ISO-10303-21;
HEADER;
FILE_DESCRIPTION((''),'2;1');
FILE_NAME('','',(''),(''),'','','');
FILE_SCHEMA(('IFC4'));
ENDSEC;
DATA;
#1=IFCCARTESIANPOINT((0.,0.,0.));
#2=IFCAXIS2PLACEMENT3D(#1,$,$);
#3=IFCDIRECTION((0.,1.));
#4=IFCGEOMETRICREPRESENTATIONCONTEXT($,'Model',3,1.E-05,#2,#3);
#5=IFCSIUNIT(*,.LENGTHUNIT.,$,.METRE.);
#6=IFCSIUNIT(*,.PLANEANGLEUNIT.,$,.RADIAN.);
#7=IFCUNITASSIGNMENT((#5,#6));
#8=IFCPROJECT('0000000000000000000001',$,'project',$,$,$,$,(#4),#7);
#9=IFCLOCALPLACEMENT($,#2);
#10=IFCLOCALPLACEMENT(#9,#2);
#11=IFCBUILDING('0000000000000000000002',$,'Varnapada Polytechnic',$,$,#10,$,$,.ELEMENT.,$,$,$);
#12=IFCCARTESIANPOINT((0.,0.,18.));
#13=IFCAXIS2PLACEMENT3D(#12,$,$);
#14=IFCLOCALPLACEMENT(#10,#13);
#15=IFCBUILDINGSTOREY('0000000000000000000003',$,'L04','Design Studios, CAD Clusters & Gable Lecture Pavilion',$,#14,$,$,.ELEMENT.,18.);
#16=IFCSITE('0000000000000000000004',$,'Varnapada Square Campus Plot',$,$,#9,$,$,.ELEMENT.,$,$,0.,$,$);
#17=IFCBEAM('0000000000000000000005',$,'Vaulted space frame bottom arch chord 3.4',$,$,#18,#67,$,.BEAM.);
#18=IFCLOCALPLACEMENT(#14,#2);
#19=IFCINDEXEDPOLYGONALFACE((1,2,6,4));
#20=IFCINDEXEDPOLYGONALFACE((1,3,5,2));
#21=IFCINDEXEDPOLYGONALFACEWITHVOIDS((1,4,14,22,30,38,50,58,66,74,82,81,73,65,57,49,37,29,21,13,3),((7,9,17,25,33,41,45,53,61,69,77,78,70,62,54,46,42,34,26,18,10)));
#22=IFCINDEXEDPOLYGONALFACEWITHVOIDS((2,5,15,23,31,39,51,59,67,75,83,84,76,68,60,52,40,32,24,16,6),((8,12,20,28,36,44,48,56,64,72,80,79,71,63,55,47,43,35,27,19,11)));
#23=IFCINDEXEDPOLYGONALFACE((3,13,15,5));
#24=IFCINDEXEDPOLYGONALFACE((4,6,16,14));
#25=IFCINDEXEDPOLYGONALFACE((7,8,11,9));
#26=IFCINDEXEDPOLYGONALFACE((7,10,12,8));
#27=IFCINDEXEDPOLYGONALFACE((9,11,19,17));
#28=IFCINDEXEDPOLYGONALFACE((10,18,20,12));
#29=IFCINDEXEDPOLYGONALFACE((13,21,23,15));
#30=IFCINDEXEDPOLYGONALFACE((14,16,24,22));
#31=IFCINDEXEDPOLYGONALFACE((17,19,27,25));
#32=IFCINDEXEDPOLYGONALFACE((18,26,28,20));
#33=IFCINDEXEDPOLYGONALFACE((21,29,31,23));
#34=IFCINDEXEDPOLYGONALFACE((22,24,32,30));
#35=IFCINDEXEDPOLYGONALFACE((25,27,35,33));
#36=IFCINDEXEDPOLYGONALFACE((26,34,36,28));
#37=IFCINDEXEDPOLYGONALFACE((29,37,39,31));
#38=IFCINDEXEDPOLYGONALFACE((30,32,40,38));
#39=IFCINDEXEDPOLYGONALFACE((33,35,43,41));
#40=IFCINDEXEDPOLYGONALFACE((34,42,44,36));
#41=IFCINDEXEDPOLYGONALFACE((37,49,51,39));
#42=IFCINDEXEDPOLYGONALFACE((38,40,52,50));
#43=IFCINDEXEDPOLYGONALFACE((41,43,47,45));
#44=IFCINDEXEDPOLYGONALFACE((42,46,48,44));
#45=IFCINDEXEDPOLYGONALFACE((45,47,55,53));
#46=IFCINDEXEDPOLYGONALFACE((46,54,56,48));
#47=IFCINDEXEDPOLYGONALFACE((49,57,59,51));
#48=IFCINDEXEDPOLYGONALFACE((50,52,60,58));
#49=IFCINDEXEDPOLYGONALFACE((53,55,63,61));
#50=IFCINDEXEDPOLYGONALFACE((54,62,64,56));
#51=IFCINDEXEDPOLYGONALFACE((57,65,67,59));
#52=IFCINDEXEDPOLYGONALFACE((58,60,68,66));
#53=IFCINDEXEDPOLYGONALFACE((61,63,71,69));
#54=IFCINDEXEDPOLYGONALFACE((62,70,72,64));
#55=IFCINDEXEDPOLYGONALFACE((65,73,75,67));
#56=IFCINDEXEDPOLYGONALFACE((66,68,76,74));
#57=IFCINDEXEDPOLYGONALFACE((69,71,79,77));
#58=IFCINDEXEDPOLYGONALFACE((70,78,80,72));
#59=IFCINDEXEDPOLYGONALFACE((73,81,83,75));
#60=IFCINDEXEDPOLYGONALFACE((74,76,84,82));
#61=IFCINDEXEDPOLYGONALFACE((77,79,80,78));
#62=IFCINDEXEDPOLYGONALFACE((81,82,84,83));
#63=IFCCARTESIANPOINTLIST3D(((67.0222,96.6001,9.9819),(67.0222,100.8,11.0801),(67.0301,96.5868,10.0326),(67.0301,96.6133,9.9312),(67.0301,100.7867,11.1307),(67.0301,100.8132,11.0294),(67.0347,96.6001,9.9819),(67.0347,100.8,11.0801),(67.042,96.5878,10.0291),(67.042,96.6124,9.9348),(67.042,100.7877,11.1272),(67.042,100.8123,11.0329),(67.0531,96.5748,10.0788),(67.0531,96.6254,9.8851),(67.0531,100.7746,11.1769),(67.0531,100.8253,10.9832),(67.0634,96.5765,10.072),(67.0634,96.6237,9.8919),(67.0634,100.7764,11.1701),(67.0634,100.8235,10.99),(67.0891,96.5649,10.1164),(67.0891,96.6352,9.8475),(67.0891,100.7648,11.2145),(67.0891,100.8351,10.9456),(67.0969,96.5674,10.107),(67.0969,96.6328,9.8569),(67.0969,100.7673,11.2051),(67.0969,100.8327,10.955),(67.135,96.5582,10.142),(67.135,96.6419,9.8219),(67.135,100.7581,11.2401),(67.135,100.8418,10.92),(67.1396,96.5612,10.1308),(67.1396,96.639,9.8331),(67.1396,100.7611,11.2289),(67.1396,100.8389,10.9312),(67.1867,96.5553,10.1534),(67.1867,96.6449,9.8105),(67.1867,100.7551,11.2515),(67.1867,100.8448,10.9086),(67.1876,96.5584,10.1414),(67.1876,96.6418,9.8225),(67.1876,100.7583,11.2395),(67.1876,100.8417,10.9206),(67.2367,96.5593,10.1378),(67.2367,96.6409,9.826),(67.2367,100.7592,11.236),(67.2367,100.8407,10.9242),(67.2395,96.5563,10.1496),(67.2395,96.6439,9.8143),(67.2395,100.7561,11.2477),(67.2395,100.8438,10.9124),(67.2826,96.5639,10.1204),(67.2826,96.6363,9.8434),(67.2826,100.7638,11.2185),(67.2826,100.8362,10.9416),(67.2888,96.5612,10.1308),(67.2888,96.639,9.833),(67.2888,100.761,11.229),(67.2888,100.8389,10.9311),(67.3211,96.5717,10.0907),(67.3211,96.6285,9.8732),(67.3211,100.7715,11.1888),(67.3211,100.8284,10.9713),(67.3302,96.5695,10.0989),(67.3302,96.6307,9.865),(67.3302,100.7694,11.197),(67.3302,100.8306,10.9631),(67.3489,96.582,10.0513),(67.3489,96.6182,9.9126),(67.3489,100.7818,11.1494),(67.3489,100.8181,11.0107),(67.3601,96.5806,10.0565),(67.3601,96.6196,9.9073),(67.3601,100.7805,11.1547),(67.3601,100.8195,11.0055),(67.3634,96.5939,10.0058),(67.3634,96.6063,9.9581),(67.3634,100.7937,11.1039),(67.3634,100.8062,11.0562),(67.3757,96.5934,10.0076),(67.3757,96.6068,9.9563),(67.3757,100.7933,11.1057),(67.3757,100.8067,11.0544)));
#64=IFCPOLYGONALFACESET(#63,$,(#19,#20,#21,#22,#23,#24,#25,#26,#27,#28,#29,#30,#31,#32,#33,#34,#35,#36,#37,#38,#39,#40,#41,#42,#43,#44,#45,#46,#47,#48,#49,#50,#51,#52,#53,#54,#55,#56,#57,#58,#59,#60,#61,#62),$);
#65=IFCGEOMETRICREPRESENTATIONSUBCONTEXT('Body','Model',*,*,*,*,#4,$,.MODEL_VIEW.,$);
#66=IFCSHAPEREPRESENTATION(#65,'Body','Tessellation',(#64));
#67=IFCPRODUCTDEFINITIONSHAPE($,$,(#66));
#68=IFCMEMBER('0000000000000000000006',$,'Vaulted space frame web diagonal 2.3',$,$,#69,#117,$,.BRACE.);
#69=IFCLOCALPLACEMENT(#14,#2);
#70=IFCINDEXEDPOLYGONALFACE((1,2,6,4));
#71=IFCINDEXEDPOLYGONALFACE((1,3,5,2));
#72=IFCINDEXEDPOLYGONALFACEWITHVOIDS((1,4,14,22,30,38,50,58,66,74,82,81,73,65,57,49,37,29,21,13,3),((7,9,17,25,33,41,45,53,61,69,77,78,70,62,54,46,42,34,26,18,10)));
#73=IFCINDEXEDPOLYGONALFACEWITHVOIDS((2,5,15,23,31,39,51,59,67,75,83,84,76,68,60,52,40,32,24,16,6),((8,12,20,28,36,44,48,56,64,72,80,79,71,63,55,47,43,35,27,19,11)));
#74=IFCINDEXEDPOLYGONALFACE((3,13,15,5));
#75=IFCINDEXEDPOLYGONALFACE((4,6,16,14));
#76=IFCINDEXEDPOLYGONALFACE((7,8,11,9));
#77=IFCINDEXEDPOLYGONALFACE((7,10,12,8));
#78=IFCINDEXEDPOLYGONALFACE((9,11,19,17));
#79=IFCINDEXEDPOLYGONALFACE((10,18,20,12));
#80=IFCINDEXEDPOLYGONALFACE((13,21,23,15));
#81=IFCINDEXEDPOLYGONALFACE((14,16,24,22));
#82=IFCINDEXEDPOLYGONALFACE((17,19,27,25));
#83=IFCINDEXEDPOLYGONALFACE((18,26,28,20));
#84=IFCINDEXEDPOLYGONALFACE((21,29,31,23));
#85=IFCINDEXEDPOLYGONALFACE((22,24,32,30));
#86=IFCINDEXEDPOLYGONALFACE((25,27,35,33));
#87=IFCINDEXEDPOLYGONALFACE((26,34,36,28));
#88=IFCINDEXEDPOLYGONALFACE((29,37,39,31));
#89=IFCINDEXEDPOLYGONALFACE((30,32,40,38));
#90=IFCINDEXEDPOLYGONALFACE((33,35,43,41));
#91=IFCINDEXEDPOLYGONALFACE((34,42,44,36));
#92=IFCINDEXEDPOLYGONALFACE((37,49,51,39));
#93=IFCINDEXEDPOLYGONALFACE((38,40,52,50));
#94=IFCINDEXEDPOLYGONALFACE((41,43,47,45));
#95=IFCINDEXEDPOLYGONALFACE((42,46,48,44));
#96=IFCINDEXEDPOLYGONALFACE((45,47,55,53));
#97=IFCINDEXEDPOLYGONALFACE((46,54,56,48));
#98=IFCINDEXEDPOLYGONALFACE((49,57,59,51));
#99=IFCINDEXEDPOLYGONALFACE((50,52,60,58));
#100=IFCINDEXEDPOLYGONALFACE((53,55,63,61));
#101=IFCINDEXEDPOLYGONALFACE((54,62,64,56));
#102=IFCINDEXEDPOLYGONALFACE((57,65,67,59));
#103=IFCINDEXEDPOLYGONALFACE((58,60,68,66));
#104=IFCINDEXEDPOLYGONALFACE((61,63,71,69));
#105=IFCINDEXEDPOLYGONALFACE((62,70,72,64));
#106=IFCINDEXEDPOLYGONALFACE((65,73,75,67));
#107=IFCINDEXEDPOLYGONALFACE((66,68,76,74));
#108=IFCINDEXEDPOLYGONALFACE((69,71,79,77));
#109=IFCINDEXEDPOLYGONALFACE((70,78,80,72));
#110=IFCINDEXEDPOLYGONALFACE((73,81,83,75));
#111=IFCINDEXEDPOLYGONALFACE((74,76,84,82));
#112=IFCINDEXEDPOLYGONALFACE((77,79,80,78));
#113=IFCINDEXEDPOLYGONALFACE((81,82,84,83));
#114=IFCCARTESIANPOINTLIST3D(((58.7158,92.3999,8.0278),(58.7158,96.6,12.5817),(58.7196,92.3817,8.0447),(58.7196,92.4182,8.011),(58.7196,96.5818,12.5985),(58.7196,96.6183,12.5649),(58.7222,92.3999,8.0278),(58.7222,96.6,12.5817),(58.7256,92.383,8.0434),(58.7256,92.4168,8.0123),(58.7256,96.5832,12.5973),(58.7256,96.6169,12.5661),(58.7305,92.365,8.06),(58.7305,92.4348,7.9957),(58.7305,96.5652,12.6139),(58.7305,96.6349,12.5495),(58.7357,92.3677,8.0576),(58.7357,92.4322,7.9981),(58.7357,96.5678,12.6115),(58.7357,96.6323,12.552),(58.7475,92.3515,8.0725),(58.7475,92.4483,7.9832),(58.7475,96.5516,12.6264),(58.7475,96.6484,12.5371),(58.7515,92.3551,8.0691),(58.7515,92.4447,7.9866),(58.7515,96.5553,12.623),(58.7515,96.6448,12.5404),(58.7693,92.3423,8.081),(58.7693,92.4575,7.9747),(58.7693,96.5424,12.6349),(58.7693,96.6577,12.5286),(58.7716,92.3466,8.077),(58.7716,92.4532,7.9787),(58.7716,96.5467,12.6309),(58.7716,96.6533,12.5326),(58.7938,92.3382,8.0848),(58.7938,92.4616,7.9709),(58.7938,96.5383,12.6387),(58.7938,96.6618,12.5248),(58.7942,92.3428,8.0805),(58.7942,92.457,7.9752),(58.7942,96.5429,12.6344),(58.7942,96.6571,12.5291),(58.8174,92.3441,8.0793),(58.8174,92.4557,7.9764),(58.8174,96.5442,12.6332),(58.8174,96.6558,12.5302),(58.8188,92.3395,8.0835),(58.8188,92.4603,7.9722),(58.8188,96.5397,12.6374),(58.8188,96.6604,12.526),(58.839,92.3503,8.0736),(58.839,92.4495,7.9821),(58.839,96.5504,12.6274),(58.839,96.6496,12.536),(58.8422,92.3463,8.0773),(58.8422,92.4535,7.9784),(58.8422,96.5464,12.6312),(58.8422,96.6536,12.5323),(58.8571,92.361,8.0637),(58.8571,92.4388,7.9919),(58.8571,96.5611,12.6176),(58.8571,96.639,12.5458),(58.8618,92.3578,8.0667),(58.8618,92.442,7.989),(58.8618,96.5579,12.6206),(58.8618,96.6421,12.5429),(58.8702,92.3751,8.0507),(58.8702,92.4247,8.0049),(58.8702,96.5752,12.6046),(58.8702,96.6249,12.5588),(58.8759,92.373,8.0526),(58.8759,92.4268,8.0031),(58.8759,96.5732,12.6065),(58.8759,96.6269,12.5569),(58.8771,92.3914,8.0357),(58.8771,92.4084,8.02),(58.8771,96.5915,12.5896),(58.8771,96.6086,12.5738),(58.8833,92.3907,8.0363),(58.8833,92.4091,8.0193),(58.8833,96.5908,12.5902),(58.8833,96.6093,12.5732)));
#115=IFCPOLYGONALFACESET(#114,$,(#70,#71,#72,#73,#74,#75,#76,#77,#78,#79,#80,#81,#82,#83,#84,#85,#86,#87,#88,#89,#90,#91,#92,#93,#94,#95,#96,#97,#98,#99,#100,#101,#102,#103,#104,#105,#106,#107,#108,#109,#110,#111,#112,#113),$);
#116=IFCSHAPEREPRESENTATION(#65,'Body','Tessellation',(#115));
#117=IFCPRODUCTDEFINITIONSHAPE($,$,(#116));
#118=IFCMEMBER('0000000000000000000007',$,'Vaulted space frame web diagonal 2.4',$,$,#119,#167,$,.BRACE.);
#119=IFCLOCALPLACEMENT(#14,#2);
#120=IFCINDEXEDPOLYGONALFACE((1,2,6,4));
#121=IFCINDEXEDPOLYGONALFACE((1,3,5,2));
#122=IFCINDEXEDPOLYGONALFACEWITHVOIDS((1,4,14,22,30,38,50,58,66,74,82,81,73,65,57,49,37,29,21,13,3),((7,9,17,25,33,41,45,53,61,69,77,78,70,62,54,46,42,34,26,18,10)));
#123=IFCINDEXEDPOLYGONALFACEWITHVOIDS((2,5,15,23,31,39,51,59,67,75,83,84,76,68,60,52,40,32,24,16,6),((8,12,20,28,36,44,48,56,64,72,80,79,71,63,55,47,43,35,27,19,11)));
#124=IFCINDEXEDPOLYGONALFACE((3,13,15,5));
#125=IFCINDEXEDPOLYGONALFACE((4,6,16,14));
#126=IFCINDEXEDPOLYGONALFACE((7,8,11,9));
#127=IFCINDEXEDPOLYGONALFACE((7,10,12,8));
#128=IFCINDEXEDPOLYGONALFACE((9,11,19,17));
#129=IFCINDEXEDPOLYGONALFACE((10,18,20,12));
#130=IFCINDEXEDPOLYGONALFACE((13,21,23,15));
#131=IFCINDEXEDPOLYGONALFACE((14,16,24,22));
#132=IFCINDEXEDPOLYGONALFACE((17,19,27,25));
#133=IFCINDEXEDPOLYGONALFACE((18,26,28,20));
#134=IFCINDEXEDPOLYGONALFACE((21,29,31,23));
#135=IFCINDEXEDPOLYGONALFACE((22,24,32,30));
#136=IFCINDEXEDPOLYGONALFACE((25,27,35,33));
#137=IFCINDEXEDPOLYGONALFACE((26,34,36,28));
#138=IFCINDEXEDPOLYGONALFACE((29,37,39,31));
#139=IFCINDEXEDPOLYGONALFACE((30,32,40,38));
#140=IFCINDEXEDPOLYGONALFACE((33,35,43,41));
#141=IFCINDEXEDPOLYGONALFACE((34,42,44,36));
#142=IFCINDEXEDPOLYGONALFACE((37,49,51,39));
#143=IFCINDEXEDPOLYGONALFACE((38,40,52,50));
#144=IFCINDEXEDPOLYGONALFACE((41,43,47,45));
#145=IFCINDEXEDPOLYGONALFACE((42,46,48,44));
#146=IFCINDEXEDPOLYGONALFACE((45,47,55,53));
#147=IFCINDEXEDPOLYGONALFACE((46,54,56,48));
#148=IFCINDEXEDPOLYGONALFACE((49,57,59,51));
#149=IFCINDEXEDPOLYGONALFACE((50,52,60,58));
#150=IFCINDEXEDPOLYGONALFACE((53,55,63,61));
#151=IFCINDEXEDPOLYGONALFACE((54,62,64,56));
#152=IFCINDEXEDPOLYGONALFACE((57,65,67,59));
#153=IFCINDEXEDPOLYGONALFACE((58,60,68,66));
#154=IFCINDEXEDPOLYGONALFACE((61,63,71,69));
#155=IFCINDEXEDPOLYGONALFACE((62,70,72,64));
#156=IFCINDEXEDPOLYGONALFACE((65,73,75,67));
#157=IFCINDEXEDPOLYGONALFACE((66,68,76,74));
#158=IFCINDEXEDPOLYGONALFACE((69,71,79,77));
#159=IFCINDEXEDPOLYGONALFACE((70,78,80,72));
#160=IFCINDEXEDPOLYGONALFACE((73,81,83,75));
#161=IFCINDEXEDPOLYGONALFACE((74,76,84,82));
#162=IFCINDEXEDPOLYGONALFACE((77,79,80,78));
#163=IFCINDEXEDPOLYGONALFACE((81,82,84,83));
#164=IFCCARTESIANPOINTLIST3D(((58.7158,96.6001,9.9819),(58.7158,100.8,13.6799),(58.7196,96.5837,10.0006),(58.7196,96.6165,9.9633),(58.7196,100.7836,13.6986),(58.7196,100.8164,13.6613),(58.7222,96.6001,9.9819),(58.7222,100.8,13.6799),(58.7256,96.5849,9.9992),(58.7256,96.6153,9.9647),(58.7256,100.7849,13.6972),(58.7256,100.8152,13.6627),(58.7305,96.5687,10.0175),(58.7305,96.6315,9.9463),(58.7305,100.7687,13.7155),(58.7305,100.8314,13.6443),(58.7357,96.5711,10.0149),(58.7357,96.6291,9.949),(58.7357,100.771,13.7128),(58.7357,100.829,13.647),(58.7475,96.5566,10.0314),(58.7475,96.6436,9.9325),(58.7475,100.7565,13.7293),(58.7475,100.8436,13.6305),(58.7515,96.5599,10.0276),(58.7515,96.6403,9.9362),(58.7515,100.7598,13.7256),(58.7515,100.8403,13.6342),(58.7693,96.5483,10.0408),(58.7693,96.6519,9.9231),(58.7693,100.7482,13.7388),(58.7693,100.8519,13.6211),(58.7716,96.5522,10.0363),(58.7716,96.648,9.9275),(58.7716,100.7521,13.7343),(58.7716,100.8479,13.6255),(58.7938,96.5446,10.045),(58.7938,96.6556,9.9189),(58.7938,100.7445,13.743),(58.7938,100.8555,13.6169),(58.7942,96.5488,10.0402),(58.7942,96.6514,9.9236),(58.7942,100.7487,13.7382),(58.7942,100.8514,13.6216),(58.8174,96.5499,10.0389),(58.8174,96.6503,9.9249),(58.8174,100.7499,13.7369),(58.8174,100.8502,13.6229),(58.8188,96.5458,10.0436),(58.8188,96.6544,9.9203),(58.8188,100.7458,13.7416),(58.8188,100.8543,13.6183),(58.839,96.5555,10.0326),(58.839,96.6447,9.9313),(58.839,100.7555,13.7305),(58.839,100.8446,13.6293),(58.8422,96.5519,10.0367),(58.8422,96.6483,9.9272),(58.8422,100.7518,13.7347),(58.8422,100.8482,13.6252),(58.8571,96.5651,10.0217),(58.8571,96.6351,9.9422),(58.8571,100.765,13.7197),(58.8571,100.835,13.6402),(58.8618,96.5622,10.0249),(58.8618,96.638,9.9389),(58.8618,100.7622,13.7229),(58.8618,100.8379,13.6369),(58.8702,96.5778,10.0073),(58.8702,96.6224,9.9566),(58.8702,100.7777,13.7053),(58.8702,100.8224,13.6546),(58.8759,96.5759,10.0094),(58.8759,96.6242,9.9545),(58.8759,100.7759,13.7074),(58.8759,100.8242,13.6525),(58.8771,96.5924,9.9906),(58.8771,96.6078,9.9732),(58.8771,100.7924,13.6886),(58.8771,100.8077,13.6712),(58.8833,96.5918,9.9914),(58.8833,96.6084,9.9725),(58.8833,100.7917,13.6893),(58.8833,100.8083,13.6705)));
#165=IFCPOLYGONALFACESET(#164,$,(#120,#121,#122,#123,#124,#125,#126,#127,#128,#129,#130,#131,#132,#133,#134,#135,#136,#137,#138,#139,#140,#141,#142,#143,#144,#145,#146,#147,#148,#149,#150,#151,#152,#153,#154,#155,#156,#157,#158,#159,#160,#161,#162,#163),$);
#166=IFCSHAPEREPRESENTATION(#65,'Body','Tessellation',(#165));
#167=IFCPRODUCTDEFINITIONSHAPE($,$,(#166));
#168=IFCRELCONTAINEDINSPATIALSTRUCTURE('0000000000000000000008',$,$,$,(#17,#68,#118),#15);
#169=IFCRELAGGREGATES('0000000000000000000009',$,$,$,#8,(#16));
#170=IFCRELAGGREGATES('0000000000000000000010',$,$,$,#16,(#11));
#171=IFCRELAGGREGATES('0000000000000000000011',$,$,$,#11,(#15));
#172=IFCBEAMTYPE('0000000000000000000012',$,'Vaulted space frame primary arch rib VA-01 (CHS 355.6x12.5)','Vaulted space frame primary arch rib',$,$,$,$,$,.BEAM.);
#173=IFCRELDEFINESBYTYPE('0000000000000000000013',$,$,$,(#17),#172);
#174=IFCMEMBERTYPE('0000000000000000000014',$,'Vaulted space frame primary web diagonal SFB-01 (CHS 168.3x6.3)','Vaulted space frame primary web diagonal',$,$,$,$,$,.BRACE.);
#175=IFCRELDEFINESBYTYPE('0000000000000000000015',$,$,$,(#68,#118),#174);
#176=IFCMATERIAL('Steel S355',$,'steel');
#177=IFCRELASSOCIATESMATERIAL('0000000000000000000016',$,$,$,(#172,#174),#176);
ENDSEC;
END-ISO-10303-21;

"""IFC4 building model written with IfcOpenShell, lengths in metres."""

from ifc_helpers import new_model, si_unit, direction, frame, origin, origin_2d, place, context, subcontext, project, spatial, hollow_circle, extrude, material, material_profile, profile_set, type_object, element, save


model = new_model("IFC4")

# Units and contexts
model_context = context("Model", 3, precision=1e-05, world=origin(), true_north=direction((0.0, 1.0)))
body_context = subcontext(model_context, "Body", "Model", "MODEL_VIEW")
ifc_project = project(units=[si_unit("LENGTHUNIT", "METRE"), si_unit("PLANEANGLEUNIT", "RADIAN")], contexts=[model_context])

# Site, building, storey
site_placement = place(None, origin())
site = spatial("IfcSite", under=ifc_project, at=site_placement, Name="Varnapada Square Campus Plot", CompositionType="ELEMENT", RefElevation=0.0)
building_placement = place(site_placement, origin())
building = spatial("IfcBuilding", under=site, at=building_placement, Name="Varnapada Polytechnic", CompositionType="ELEMENT")
storey_placement = place(building_placement, frame((0.0, 0.0, 18.0)))
storey = spatial("IfcBuildingStorey", under=building, at=storey_placement, Name="L04", Description="Design Studios, CAD Clusters & Gable Lecture Pavilion", CompositionType="ELEMENT", Elevation=18.0)

# Shared definitions
ifc_material = material(Name="Steel S355", Category="steel")

# Beam
ifc_material_profile_1 = material_profile(ifc_material, hollow_circle(Radius=0.1777, WallThickness=0.0125, at=origin_2d()), Name="CHS 355.6x12.5")
ifc_profile_set_1 = profile_set([ifc_material_profile_1], Name="Steel S355")
beam_type_1 = type_object("IfcBeamType", Name="Vaulted space frame primary arch rib VA-01 (CHS 355.6x12.5)", Description="Vaulted space frame primary arch rib", PredefinedType="BEAM", material=ifc_profile_set_1)
beam_1_placement = place(storey_placement, frame((67.2, 96.6001, 9.9819), z_axis=(0.0, 0.967476, 0.252962), x_axis=(-1.0, 0.0, 0.0)))
element("IfcBeam", 1, at=beam_1_placement, inside=storey, type_object=beam_type_1, Name="Vaulted space frame bottom arch chord 3.4", PredefinedType="BEAM", context=body_context, shape_type="SweptSolid", body=[
    extrude(hollow_circle(Radius=0.1777, WallThickness=0.0125, at=origin_2d()), origin(), (0.0, 0.0, 1.0), 4.3411),
])

# Members
ifc_material_profile_2 = material_profile(ifc_material, hollow_circle(Radius=0.0842, WallThickness=0.0063, at=origin_2d()), Name="CHS 168.3x6.3")
ifc_profile_set_2 = profile_set([ifc_material_profile_2], Name="Steel S355")
member_type_1 = type_object("IfcMemberType", Name="Vaulted space frame primary web diagonal SFB-01 (CHS 168.3x6.3)", Description="Vaulted space frame primary web diagonal", PredefinedType="BRACE", material=ifc_profile_set_2)
member_1_placement = place(storey_placement, frame((58.8, 92.3999, 8.0278), z_axis=(0.0, 0.677979, 0.735081), x_axis=(-1.0, 0.0, 0.0)))
element("IfcMember", 2, at=member_1_placement, inside=storey, type_object=member_type_1, Name="Vaulted space frame web diagonal 2.3", PredefinedType="BRACE", context=body_context, shape_type="SweptSolid", body=[
    extrude(hollow_circle(Radius=0.0842, WallThickness=0.0063, at=origin_2d()), origin(), (0.0, 0.0, 1.0), 6.1951),
])
member_2_placement = place(storey_placement, frame((58.8, 96.6001, 9.9819), z_axis=(0.0, 0.750533, 0.660833), x_axis=(-1.0, 0.0, 0.0)))
element("IfcMember", 3, at=member_2_placement, inside=storey, type_object=member_type_1, Name="Vaulted space frame web diagonal 2.4", PredefinedType="BRACE", context=body_context, shape_type="SweptSolid", body=[
    extrude(hollow_circle(Radius=0.0842, WallThickness=0.0063, at=origin_2d()), origin(), (0.0, 0.0, 1.0), 5.5959),
])

save(model, "model.ifc")
